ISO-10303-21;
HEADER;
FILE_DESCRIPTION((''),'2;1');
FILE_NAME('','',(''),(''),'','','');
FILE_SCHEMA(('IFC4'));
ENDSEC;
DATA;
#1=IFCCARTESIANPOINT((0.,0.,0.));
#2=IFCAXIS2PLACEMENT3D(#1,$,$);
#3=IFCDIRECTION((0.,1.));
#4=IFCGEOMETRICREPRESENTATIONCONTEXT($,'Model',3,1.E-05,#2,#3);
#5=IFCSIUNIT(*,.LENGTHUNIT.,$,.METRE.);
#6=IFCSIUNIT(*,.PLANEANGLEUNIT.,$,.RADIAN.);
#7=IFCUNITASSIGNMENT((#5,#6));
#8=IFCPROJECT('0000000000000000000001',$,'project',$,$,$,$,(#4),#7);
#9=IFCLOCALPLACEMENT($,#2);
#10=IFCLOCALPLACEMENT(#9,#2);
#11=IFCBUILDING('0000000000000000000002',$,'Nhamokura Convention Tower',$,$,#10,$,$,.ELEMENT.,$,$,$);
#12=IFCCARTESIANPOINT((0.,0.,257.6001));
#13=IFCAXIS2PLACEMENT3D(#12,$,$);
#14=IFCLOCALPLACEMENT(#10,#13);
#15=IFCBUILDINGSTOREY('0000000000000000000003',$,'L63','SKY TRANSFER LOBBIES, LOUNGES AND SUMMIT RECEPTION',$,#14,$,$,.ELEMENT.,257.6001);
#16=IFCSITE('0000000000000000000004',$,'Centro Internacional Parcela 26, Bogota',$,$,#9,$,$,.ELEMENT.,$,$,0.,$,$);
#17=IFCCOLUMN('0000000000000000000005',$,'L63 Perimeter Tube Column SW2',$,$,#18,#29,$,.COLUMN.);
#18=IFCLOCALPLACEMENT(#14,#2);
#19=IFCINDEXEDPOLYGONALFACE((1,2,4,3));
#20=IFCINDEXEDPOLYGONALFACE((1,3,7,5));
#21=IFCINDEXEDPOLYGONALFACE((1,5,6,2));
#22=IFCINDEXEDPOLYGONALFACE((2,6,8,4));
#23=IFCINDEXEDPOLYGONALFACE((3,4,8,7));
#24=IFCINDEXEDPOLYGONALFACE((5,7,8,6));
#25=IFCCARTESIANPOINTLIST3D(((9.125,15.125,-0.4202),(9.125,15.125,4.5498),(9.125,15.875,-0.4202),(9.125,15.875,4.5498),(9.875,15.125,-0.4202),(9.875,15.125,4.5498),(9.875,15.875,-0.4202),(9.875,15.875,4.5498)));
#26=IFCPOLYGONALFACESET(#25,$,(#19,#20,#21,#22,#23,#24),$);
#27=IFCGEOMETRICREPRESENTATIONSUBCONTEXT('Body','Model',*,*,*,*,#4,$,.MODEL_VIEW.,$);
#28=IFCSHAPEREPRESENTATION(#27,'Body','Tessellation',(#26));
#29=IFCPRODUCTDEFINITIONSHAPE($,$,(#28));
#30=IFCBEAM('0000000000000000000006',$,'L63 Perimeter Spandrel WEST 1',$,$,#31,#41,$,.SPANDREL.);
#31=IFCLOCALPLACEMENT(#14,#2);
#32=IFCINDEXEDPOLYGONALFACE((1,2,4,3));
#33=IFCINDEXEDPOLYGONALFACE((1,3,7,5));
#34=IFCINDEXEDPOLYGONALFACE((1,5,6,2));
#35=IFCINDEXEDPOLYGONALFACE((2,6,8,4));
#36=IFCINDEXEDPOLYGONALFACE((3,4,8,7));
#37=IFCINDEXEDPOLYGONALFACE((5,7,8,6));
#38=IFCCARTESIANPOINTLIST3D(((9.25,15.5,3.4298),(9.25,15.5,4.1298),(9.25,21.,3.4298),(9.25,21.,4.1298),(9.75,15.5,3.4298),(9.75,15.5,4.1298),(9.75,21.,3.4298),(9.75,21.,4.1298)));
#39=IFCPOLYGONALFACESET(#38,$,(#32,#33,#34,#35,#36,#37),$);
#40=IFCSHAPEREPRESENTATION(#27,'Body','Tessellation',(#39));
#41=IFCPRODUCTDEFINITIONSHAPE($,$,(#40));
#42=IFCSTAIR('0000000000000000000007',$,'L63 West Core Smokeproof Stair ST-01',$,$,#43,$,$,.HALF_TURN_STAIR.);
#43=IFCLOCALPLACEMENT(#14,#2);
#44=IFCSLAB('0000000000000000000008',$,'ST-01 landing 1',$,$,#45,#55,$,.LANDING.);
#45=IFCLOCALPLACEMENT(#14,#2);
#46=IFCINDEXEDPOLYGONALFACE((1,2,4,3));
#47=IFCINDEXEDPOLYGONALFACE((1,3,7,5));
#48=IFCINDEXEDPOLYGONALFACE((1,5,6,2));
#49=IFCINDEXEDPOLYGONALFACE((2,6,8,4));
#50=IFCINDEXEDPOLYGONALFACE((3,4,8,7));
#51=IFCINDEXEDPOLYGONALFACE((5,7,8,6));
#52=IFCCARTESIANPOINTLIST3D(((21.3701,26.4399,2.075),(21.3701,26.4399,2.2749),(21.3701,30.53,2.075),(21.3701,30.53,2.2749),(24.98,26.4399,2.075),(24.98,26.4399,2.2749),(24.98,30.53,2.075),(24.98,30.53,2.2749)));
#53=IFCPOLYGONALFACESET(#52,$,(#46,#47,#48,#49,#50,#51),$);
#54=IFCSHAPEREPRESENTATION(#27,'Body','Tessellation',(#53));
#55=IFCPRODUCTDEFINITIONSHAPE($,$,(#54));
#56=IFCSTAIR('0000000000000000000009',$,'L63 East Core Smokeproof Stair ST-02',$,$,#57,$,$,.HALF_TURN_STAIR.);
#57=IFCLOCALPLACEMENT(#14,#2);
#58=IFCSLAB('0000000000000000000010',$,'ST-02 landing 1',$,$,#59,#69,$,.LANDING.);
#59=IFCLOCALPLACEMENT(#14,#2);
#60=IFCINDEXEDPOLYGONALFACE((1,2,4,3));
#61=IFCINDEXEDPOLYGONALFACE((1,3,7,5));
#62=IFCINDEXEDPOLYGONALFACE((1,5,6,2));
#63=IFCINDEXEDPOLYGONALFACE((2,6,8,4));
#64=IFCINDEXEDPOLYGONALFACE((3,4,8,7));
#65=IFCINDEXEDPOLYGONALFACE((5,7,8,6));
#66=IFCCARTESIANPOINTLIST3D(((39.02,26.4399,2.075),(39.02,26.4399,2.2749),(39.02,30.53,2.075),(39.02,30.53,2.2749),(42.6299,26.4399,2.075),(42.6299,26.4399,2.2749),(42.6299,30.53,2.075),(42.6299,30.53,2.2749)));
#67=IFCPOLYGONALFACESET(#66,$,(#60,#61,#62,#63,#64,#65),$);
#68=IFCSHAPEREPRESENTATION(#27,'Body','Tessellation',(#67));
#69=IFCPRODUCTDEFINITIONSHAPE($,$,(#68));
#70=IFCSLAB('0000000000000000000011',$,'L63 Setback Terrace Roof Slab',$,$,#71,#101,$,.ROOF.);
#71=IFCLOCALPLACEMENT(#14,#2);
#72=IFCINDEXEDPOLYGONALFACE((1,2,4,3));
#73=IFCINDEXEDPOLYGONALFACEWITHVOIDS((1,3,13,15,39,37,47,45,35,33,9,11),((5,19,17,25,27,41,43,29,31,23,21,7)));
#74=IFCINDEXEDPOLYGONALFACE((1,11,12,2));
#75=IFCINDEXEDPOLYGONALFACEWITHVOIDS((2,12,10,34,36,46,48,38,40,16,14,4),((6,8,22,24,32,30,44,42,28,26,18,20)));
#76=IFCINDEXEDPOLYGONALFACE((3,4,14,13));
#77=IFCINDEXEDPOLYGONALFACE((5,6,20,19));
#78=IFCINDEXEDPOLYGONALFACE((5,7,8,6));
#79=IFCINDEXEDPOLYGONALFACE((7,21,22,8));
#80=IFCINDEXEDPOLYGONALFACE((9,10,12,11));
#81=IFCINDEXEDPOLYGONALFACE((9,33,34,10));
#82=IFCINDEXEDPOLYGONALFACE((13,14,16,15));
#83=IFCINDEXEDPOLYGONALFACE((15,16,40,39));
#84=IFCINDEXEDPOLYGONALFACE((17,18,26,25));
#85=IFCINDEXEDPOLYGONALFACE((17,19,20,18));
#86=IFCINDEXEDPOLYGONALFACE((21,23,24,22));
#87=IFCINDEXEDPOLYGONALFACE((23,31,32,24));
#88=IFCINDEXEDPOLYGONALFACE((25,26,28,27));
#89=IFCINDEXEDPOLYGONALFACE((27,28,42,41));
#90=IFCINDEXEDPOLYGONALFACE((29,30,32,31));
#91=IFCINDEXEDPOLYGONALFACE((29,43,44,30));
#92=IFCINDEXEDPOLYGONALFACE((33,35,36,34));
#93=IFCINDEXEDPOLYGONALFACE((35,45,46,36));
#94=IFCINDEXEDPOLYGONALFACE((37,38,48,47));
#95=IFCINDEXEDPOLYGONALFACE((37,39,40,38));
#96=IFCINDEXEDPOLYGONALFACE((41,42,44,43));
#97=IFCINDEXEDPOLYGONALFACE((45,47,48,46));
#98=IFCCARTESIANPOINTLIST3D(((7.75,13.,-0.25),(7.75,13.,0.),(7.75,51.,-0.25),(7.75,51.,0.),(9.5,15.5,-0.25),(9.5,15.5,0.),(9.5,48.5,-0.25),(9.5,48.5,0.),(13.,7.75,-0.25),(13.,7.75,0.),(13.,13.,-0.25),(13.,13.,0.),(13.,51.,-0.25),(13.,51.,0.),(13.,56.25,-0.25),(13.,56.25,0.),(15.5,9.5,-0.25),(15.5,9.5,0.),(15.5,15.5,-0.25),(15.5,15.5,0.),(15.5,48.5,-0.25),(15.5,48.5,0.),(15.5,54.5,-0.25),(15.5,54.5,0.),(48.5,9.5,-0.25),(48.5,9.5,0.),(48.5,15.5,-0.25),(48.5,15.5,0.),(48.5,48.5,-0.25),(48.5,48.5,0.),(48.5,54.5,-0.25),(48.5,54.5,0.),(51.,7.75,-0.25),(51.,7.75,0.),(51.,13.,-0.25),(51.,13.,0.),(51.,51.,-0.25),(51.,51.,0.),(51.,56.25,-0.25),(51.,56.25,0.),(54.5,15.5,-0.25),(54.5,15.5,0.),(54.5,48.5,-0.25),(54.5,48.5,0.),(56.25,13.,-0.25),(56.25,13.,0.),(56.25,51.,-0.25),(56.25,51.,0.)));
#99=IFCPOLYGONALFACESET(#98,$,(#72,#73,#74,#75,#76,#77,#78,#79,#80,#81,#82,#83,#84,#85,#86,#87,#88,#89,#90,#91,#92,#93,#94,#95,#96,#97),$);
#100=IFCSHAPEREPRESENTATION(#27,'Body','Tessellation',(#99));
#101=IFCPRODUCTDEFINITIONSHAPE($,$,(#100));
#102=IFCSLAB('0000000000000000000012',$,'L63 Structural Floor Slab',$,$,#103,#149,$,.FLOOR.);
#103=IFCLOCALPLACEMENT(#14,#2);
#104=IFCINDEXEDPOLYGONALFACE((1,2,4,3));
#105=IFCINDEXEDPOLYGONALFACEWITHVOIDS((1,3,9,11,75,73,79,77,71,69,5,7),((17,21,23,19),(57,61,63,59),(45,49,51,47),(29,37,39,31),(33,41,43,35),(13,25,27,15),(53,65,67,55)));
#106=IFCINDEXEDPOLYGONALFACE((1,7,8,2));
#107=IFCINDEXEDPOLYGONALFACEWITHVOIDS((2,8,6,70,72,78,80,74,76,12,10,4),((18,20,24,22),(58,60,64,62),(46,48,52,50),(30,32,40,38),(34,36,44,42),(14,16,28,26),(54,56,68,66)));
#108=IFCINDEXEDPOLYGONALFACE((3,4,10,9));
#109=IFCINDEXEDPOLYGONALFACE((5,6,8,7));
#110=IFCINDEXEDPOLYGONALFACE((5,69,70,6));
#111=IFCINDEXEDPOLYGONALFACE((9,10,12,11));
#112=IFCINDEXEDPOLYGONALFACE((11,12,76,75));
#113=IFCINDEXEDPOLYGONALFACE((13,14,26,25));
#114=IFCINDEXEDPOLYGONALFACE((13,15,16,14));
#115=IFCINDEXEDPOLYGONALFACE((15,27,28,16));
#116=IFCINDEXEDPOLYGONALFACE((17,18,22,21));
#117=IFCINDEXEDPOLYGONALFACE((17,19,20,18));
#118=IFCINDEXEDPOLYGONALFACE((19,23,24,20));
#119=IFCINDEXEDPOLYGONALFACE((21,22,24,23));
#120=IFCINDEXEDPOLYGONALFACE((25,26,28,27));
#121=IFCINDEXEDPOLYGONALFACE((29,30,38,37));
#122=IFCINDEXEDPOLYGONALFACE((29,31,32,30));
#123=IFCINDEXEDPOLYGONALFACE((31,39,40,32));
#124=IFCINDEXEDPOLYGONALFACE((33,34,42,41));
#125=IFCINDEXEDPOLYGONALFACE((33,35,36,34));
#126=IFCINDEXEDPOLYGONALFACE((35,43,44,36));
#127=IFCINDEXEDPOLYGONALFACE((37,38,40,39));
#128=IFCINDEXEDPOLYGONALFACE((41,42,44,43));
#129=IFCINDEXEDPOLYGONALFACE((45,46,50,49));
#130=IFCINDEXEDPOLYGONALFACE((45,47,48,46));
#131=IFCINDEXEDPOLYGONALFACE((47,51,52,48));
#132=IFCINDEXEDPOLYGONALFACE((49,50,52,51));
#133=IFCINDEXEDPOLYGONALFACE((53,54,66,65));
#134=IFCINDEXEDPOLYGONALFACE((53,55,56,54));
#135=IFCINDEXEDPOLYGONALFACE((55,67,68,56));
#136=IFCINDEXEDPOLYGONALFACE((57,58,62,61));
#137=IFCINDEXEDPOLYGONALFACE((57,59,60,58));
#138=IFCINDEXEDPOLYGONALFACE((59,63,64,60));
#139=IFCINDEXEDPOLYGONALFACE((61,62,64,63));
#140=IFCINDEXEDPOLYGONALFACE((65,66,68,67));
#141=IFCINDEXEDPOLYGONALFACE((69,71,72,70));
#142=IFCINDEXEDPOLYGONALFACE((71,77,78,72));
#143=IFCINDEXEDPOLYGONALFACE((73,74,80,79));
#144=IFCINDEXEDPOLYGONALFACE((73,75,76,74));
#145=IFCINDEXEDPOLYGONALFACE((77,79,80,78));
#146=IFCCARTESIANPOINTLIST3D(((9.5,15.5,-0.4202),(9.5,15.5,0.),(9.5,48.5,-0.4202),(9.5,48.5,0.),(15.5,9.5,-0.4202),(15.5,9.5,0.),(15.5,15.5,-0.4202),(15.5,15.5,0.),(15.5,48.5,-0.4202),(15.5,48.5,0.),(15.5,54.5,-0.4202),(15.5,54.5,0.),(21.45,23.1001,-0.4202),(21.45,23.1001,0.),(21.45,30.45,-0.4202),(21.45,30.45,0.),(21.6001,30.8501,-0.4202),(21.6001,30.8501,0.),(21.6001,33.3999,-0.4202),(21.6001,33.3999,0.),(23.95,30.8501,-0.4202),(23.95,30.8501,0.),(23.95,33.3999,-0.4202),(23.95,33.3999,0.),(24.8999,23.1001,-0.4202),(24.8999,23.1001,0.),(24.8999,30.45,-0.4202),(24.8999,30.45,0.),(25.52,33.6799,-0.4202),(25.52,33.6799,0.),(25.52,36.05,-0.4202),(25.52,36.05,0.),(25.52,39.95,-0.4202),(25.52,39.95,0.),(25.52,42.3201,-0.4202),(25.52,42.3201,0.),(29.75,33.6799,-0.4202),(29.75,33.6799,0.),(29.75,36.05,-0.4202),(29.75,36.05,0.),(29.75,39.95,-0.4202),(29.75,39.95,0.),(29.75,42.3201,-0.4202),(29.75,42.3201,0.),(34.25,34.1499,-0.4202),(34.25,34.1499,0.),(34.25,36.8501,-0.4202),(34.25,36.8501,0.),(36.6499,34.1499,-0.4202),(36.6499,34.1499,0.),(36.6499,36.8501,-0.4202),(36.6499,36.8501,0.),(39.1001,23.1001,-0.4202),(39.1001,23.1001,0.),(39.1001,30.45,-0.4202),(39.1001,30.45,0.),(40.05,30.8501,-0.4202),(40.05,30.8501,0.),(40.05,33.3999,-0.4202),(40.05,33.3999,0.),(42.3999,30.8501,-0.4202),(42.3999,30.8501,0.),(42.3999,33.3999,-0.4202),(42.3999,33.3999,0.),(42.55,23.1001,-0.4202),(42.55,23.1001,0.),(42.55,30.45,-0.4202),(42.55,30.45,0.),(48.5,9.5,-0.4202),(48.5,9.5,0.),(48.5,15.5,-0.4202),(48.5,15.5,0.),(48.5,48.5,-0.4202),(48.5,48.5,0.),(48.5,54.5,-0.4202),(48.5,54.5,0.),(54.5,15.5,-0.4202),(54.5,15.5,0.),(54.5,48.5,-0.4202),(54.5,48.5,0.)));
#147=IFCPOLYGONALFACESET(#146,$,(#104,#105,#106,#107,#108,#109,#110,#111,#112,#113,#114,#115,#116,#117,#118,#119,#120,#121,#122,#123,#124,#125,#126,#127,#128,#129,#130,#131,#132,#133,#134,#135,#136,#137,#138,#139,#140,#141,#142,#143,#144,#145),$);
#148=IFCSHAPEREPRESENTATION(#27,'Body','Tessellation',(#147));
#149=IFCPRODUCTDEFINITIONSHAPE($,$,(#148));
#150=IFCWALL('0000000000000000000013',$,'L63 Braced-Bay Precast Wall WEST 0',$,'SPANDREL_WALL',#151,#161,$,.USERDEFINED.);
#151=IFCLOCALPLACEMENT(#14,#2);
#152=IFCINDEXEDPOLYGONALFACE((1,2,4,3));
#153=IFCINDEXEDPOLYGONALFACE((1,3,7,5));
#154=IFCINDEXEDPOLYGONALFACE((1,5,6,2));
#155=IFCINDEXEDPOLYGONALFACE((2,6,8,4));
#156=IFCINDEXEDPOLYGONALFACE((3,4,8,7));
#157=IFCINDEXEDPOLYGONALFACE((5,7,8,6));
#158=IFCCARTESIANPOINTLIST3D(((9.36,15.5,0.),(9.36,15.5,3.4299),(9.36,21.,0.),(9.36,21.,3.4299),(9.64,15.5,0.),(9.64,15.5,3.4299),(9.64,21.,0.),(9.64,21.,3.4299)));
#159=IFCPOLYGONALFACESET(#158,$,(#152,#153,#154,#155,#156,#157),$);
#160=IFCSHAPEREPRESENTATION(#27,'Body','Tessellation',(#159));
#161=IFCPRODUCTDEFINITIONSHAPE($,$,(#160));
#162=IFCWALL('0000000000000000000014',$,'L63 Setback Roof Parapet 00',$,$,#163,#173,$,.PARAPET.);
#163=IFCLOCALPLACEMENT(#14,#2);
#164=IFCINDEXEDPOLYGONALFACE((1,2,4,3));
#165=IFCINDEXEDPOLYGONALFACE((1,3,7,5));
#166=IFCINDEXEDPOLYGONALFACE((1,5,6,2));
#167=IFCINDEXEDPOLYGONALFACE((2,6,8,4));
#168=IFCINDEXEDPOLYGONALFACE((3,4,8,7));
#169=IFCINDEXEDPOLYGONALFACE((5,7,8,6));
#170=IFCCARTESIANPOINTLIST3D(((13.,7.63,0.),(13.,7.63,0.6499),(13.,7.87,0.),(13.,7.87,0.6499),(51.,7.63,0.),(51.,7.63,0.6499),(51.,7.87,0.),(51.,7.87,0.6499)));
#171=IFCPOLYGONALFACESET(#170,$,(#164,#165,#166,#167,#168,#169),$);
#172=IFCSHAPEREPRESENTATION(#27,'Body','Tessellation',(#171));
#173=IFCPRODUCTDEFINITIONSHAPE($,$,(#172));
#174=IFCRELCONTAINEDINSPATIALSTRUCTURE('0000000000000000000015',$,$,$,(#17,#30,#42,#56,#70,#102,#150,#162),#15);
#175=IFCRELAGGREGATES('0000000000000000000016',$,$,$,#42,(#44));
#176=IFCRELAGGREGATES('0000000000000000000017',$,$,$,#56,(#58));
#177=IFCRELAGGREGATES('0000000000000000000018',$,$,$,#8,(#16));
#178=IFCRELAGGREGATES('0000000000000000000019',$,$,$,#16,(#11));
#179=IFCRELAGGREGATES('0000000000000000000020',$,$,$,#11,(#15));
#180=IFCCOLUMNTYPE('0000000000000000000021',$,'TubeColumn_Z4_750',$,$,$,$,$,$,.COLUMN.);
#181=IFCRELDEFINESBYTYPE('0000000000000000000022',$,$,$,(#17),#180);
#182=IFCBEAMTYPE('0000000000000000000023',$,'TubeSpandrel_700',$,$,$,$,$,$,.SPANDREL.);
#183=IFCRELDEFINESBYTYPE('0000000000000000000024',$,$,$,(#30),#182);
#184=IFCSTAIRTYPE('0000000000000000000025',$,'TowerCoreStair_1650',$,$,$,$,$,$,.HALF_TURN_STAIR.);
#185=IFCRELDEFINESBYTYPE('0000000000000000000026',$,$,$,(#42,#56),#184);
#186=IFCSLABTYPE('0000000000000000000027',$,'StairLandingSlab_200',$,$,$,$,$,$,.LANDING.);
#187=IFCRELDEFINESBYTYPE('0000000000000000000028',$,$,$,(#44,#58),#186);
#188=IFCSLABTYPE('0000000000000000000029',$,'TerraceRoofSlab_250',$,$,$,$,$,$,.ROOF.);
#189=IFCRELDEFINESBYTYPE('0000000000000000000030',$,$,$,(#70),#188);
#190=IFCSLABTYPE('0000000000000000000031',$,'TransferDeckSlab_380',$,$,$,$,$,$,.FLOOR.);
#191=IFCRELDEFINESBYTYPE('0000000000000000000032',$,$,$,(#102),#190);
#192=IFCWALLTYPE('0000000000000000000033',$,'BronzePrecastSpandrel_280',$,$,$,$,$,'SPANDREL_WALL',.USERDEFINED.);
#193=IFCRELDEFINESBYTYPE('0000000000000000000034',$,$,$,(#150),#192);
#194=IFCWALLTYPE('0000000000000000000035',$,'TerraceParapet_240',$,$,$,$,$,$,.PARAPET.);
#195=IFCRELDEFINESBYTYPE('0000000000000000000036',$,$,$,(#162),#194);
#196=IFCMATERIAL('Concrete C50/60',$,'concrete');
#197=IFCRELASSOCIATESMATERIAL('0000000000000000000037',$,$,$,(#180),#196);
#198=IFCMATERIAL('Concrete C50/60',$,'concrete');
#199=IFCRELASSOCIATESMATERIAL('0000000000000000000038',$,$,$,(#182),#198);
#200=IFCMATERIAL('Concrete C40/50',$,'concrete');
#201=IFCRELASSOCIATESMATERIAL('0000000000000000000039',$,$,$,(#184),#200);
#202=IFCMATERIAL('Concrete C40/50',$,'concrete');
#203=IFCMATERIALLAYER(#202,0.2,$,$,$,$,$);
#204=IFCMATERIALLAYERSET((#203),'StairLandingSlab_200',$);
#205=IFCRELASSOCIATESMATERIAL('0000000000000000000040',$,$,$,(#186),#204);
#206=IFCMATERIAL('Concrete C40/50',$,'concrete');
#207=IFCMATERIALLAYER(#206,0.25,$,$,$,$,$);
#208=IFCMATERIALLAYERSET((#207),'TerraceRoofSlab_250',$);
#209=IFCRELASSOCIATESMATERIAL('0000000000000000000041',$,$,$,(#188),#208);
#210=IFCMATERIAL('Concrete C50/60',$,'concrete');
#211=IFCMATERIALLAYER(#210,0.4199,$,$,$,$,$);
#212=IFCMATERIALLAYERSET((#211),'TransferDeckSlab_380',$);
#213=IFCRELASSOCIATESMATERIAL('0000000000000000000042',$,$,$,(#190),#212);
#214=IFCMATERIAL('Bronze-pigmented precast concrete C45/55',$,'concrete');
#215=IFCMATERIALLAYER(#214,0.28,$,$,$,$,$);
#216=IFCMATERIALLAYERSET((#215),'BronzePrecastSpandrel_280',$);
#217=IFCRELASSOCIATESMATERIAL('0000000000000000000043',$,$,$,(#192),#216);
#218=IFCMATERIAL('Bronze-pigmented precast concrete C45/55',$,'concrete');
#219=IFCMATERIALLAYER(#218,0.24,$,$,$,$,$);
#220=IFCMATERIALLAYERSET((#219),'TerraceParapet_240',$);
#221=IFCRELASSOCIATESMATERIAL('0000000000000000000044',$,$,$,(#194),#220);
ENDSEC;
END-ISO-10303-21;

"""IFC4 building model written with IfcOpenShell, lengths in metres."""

from ifc_helpers import new_model, si_unit, direction, frame, frame_2d, origin, origin_2d, place, context, subcontext, project, spatial, polyline, rectangle, outline, extrude, material, layer, layer_set, material_profile, profile_set, type_object, element, aggregate, save


model = new_model("IFC4")

# Units and contexts
model_context = context("Model", 3, precision=1e-05, world=origin(), true_north=direction((0.0, 1.0)))
body_context = subcontext(model_context, "Body", "Model", "MODEL_VIEW")
ifc_project = project(units=[si_unit("LENGTHUNIT", "METRE"), si_unit("PLANEANGLEUNIT", "RADIAN")], contexts=[model_context])

# Site, building, storey
site_placement = place(None, origin())
site = spatial("IfcSite", under=ifc_project, at=site_placement, Name="Centro Internacional Parcela 26, Bogota", CompositionType="ELEMENT", RefElevation=0.0)
building_placement = place(site_placement, origin())
building = spatial("IfcBuilding", under=site, at=building_placement, Name="Nhamokura Convention Tower", CompositionType="ELEMENT")
storey_placement = place(building_placement, frame((0.0, 0.0, 257.6001)))
storey = spatial("IfcBuildingStorey", under=building, at=storey_placement, Name="L63", Description="SKY TRANSFER LOBBIES, LOUNGES AND SUMMIT RECEPTION", CompositionType="ELEMENT", Elevation=257.6001)

# Column
ifc_material_1 = material(Name="Concrete C50/60", Category="concrete")
ifc_material_profile_1 = material_profile(ifc_material_1, rectangle(XDim=0.75, YDim=0.75, at=origin_2d()))
ifc_profile_set_1 = profile_set([ifc_material_profile_1], Name="Concrete C50/60")
column_type = type_object("IfcColumnType", Name="TubeColumn_Z4_750", PredefinedType="COLUMN", material=ifc_profile_set_1)
column_placement = place(storey_placement, frame((9.5, 15.5, -0.4202), z_axis=(0.0, 0.0, 1.0), x_axis=(1.0, 0.0, 0.0)))
element("IfcColumn", 1, at=column_placement, inside=storey, type_object=column_type, Name="L63 Perimeter Tube Column SW2", PredefinedType="COLUMN", context=body_context, shape_type="SweptSolid", body=[
    extrude(rectangle(XDim=0.75, YDim=0.75, at=origin_2d()), origin(), (0.0, 0.0, 1.0), 4.97),
])

# Beam
ifc_material_2 = material(Name="Concrete C50/60", Category="concrete")
ifc_material_profile_2 = material_profile(ifc_material_2, rectangle(XDim=0.5, YDim=0.7, at=origin_2d()))
ifc_profile_set_2 = profile_set([ifc_material_profile_2], Name="Concrete C50/60")
beam_type = type_object("IfcBeamType", Name="TubeSpandrel_700", PredefinedType="SPANDREL", material=ifc_profile_set_2)
beam_placement = place(storey_placement, frame((9.5, 15.5, 3.7798), z_axis=(0.0, 1.0, 0.0), x_axis=(-1.0, 0.0, 0.0)))
element("IfcBeam", 2, at=beam_placement, inside=storey, type_object=beam_type, Name="L63 Perimeter Spandrel WEST 1", PredefinedType="SPANDREL", context=body_context, shape_type="SweptSolid", body=[
    extrude(rectangle(XDim=0.5, YDim=0.7, at=origin_2d()), origin(), (0.0, 0.0, 1.0), 5.5),
])

# Stairs, slabs
ifc_material_3 = material(Name="Concrete C40/50", Category="concrete")
stair_type = type_object("IfcStairType", Name="TowerCoreStair_1650", PredefinedType="HALF_TURN_STAIR", material=ifc_material_3)
stair_1_placement = place(storey_placement, origin())
stair_1 = element("IfcStair", 3, at=stair_1_placement, inside=storey, type_object=stair_type, Name="L63 West Core Smokeproof Stair ST-01", PredefinedType="HALF_TURN_STAIR")
ifc_material_4 = material(Name="Concrete C40/50", Category="concrete")
ifc_layer_1 = layer(ifc_material_4, 0.2)
ifc_layer_set_1 = layer_set([ifc_layer_1], Name="StairLandingSlab_200")
slab_type_1 = type_object("IfcSlabType", Name="StairLandingSlab_200", PredefinedType="LANDING", material=ifc_layer_set_1)
slab_1_placement = place(storey_placement, frame((0.0, 0.0, 2.075)))
slab_1 = element("IfcSlab", 4, at=slab_1_placement, type_object=slab_type_1, Name="ST-01 landing 1", PredefinedType="LANDING", context=body_context, shape_type="SweptSolid", body=[
    extrude(outline(polyline([(24.98, 26.4399), (24.98, 30.53), (21.3701, 30.53), (21.3701, 26.4399), (24.98, 26.4399)])), origin(), (0.0, 0.0, 1.0), 0.2),
])
aggregate(stair_1, [slab_1])
stair_2_placement = place(storey_placement, origin())
stair_2 = element("IfcStair", 5, at=stair_2_placement, inside=storey, type_object=stair_type, Name="L63 East Core Smokeproof Stair ST-02", PredefinedType="HALF_TURN_STAIR")
slab_2_placement = place(storey_placement, frame((0.0, 0.0, 2.075)))
slab_2 = element("IfcSlab", 6, at=slab_2_placement, type_object=slab_type_1, Name="ST-02 landing 1", PredefinedType="LANDING", context=body_context, shape_type="SweptSolid", body=[
    extrude(outline(polyline([(42.6299, 26.4399), (42.6299, 30.53), (39.02, 30.53), (39.02, 26.4399), (42.6299, 26.4399)])), origin(), (0.0, 0.0, 1.0), 0.2),
])
aggregate(stair_2, [slab_2])

# Slabs
ifc_material_5 = material(Name="Concrete C40/50", Category="concrete")
ifc_layer_2 = layer(ifc_material_5, 0.25)
ifc_layer_set_2 = layer_set([ifc_layer_2], Name="TerraceRoofSlab_250")
slab_type_2 = type_object("IfcSlabType", Name="TerraceRoofSlab_250", PredefinedType="ROOF", material=ifc_layer_set_2)
slab_3_placement = place(storey_placement, frame((0.0, 0.0, -0.25)))
element("IfcSlab", 7, at=slab_3_placement, inside=storey, type_object=slab_type_2, Name="L63 Setback Terrace Roof Slab", PredefinedType="ROOF", context=body_context, shape_type="SweptSolid", body=[
    extrude(outline(polyline([(13.0, 7.75), (51.0, 7.75), (51.0, 13.0), (56.25, 13.0), (56.25, 51.0), (51.0, 51.0), (51.0, 56.25), (13.0, 56.25), (13.0, 51.0), (7.75, 51.0), (7.75, 13.0), (13.0, 13.0), (13.0, 7.75)]), holes=[polyline([(15.5, 9.5), (48.5, 9.5), (48.5, 15.5), (54.5, 15.5), (54.5, 48.5), (48.5, 48.5), (48.5, 54.5), (15.5, 54.5), (15.5, 48.5), (9.5, 48.5), (9.5, 15.5), (15.5, 15.5), (15.5, 9.5)])]), origin(), (0.0, 0.0, 1.0), 0.25),
])
ifc_material_6 = material(Name="Concrete C50/60", Category="concrete")
ifc_layer_3 = layer(ifc_material_6, 0.4199)
ifc_layer_set_3 = layer_set([ifc_layer_3], Name="TransferDeckSlab_380")
slab_type_3 = type_object("IfcSlabType", Name="TransferDeckSlab_380", PredefinedType="FLOOR", material=ifc_layer_set_3)
slab_4_placement = place(storey_placement, frame((0.0, 0.0, -0.4202)))
element("IfcSlab", 8, at=slab_4_placement, inside=storey, type_object=slab_type_3, Name="L63 Structural Floor Slab", PredefinedType="FLOOR", context=body_context, shape_type="SweptSolid", body=[
    extrude(outline(polyline([(15.5, 9.5), (48.5, 9.5), (48.5, 15.5), (54.5, 15.5), (54.5, 48.5), (48.5, 48.5), (48.5, 54.5), (15.5, 54.5), (15.5, 48.5), (9.5, 48.5), (9.5, 15.5), (15.5, 15.5), (15.5, 9.5)]), holes=[polyline([(24.8999, 23.1001), (24.8999, 30.45), (21.45, 30.45), (21.45, 23.1001), (24.8999, 23.1001)]), polyline([(42.55, 23.1001), (42.55, 30.45), (39.1001, 30.45), (39.1001, 23.1001), (42.55, 23.1001)]), polyline([(21.6001, 30.8501), (23.95, 30.8501), (23.95, 33.3999), (21.6001, 33.3999), (21.6001, 30.8501)]), polyline([(40.05, 30.8501), (42.3999, 30.8501), (42.3999, 33.3999), (40.05, 33.3999), (40.05, 30.8501)]), polyline([(34.25, 34.1499), (36.6499, 34.1499), (36.6499, 36.8501), (34.25, 36.8501), (34.25, 34.1499)]), polyline([(25.52, 33.6799), (29.75, 33.6799), (29.75, 36.05), (25.52, 36.05), (25.52, 33.6799)]), polyline([(25.52, 39.95), (29.75, 39.95), (29.75, 42.3201), (25.52, 42.3201), (25.52, 39.95)])]), origin(), (0.0, 0.0, 1.0), 0.4202),
])

# Walls
ifc_material_7 = material(Name="Bronze-pigmented precast concrete C45/55", Category="concrete")
ifc_layer_4 = layer(ifc_material_7, 0.28)
ifc_layer_set_4 = layer_set([ifc_layer_4], Name="BronzePrecastSpandrel_280")
wall_type_1 = type_object("IfcWallType", Name="BronzePrecastSpandrel_280", ElementType="SPANDREL_WALL", PredefinedType="USERDEFINED", material=ifc_layer_set_4)
wall_1_placement = place(storey_placement, frame((9.5, 15.5, 0.0), z_axis=(0.0, 0.0, 1.0), x_axis=(0.0, 1.0, 0.0)))
element("IfcWall", 9, at=wall_1_placement, inside=storey, type_object=wall_type_1, Name="L63 Braced-Bay Precast Wall WEST 0", ObjectType="SPANDREL_WALL", PredefinedType="USERDEFINED", context=body_context, shape_type="SweptSolid", body=[
    extrude(rectangle(XDim=5.5, YDim=0.28, at=frame_2d((2.75, 0.0))), origin(), (0.0, 0.0, 1.0), 3.4299),
])
ifc_material_8 = material(Name="Bronze-pigmented precast concrete C45/55", Category="concrete")
ifc_layer_5 = layer(ifc_material_8, 0.24)
ifc_layer_set_5 = layer_set([ifc_layer_5], Name="TerraceParapet_240")
wall_type_2 = type_object("IfcWallType", Name="TerraceParapet_240", PredefinedType="PARAPET", material=ifc_layer_set_5)
wall_2_placement = place(storey_placement, frame((13.0, 7.75, 0.0), z_axis=(0.0, 0.0, 1.0), x_axis=(1.0, 0.0, 0.0)))
element("IfcWall", 10, at=wall_2_placement, inside=storey, type_object=wall_type_2, Name="L63 Setback Roof Parapet 00", PredefinedType="PARAPET", context=body_context, shape_type="SweptSolid", body=[
    extrude(rectangle(XDim=38.0, YDim=0.24, at=frame_2d((19.0, 0.0))), origin(), (0.0, 0.0, 1.0), 0.6499),
])

save(model, "model.ifc")
